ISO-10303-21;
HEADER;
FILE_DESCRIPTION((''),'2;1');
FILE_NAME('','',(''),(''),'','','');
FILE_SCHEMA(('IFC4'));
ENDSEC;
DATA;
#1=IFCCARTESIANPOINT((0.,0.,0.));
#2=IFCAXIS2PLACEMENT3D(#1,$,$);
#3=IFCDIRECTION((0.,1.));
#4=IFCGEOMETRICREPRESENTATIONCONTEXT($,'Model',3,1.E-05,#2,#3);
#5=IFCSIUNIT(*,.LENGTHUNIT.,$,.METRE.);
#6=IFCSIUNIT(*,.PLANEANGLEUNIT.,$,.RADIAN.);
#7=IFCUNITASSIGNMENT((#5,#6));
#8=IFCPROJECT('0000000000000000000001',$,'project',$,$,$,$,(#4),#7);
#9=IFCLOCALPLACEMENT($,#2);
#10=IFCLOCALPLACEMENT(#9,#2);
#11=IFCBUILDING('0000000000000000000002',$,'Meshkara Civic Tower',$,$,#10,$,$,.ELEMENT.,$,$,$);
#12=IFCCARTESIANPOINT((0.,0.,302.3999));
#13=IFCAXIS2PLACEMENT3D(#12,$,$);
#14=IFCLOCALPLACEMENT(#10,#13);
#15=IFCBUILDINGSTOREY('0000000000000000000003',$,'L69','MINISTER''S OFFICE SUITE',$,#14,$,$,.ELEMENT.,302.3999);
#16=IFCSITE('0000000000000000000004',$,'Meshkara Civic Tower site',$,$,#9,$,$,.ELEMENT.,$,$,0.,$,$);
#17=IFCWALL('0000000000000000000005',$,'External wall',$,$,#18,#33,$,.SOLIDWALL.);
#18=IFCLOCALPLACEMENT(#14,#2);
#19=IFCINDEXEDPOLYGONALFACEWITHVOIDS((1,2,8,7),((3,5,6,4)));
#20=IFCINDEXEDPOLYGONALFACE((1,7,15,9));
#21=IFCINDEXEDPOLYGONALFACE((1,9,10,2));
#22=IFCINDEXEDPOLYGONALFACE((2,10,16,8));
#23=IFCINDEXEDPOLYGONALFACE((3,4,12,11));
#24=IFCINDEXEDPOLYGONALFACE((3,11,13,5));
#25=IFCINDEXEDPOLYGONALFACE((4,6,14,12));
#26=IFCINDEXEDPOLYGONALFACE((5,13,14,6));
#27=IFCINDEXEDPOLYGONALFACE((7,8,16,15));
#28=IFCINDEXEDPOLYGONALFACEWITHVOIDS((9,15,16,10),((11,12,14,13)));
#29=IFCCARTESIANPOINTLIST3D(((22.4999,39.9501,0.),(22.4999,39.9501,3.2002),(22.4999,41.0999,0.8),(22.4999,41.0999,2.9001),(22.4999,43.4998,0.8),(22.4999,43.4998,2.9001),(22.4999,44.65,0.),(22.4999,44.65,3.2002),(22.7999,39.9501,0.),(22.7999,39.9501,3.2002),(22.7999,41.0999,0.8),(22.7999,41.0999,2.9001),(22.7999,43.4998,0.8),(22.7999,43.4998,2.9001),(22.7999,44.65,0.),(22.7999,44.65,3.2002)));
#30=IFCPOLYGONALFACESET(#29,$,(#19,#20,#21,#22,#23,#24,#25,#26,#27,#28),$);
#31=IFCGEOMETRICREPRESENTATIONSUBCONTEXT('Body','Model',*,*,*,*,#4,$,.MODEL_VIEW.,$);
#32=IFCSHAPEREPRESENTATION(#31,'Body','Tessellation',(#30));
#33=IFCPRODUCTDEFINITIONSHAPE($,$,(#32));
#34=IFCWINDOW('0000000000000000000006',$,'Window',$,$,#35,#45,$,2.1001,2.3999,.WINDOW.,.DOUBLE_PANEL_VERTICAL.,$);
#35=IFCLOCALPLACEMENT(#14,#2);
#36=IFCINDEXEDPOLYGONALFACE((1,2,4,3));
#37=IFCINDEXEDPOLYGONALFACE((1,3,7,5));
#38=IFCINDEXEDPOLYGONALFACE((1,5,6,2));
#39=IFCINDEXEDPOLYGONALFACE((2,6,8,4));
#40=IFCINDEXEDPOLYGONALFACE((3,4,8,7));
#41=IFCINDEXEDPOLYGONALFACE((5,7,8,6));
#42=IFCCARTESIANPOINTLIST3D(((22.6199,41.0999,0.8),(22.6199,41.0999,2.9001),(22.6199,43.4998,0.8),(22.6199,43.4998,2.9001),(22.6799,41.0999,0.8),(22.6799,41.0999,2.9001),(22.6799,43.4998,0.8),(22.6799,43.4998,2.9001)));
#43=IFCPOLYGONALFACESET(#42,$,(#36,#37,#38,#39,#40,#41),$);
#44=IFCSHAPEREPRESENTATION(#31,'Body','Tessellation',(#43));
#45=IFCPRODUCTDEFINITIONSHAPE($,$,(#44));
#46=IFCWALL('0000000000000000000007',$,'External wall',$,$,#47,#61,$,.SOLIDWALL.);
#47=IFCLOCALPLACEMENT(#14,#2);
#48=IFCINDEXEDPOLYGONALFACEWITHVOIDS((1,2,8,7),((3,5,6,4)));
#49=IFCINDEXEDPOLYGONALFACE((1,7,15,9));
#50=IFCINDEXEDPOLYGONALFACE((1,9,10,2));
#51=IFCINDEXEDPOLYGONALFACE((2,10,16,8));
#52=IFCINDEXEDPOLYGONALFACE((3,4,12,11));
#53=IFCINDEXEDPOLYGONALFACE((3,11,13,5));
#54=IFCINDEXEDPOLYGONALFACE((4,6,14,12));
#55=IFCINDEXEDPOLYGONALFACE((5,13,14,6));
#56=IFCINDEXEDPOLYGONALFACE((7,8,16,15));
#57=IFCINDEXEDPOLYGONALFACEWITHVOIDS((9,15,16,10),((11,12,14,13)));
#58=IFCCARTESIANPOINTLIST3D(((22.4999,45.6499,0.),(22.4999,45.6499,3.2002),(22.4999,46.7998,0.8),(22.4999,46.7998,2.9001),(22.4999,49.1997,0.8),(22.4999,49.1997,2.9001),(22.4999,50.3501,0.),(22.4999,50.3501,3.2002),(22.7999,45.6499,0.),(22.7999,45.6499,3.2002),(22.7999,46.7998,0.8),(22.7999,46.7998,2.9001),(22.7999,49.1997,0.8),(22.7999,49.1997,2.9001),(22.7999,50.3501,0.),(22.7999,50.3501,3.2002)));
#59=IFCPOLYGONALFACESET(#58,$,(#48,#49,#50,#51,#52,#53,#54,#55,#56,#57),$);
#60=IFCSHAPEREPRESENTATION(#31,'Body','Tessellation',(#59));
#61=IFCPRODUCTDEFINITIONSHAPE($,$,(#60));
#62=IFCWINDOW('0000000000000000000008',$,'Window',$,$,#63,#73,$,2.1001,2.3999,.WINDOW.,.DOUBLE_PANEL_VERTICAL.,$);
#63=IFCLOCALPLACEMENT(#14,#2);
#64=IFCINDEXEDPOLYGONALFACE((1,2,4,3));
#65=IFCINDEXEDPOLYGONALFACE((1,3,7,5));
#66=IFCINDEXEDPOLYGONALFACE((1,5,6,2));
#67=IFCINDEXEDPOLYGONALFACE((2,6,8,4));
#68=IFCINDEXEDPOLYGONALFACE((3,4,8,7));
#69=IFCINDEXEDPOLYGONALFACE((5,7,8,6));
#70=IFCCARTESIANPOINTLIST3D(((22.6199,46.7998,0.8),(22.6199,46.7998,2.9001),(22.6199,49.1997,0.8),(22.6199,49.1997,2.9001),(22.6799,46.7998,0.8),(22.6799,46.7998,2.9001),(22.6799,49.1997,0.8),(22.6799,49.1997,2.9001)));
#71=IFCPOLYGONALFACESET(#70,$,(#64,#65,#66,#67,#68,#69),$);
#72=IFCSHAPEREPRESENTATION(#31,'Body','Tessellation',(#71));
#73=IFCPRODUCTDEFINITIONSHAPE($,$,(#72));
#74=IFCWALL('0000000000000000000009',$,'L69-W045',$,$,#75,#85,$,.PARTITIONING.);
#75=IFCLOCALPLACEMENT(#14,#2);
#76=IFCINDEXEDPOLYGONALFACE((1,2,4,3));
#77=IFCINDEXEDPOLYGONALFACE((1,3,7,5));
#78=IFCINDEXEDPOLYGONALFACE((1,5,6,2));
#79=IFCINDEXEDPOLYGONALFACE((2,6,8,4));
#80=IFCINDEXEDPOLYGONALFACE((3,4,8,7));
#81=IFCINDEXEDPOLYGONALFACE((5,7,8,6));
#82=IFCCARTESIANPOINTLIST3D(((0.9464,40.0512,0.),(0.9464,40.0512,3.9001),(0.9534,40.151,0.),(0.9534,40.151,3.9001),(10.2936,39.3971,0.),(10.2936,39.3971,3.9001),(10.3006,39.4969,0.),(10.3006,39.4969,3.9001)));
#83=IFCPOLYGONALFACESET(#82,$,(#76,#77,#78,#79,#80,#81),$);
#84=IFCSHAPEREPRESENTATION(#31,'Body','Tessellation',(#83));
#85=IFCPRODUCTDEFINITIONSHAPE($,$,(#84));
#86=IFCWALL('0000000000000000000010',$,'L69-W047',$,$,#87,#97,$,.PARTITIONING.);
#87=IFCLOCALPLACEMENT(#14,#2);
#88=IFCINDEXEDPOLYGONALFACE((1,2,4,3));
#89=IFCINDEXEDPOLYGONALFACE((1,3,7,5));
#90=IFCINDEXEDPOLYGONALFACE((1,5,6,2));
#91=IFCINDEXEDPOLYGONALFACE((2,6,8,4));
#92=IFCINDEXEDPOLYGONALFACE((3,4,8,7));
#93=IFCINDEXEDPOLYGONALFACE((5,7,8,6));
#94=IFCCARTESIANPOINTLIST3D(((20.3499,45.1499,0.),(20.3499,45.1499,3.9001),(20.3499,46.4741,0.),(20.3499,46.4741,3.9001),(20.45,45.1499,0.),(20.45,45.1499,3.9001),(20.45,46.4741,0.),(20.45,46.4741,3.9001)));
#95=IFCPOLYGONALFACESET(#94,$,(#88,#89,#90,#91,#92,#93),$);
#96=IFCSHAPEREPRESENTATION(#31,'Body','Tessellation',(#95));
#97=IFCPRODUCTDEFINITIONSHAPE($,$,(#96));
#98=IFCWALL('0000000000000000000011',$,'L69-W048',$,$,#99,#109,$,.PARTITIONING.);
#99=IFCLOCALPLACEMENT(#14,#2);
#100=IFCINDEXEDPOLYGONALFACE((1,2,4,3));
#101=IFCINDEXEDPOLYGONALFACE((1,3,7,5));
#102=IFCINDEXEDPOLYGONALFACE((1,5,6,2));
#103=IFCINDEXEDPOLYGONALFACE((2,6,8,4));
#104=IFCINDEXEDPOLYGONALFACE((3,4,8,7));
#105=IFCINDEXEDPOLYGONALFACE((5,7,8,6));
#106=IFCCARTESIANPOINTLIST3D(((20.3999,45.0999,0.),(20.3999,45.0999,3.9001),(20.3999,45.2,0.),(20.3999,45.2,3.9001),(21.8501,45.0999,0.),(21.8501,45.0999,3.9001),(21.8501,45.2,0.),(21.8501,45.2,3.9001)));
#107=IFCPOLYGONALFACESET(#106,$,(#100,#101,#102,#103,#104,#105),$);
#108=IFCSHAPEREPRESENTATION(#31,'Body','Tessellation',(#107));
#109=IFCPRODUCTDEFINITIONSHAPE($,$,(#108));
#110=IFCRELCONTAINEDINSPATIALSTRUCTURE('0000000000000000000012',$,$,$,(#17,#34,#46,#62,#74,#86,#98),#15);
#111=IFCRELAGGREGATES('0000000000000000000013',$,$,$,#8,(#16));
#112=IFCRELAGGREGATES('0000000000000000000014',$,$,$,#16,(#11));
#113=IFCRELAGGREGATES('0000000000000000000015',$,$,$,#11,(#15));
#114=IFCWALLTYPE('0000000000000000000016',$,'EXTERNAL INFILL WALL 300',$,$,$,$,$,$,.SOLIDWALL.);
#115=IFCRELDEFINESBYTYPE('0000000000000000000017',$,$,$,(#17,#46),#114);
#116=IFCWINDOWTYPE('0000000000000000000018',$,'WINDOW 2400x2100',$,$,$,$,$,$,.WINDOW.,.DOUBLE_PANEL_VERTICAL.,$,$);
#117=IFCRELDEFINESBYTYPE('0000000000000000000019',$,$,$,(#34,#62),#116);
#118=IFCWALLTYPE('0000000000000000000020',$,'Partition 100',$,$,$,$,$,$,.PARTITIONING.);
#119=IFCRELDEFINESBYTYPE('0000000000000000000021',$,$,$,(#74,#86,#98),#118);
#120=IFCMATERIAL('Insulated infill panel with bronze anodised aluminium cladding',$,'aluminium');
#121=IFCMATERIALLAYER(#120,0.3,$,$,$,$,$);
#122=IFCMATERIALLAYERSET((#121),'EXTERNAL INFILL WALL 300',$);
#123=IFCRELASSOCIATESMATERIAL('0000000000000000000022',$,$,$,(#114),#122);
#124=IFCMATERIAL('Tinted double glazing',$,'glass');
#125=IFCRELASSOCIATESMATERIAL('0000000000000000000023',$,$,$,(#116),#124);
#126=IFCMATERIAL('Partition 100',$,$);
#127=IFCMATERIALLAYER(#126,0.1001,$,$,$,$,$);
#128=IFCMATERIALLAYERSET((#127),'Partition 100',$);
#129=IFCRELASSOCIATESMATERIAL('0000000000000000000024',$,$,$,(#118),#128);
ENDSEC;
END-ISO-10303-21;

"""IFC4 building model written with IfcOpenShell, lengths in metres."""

from ifc_helpers import new_model, si_unit, direction, frame, frame_2d, origin, place, context, subcontext, project, spatial, rectangle, extrude, material, layer, layer_set, type_object, element, fill, save


model = new_model("IFC4")

# Units and contexts
model_context = context("Model", 3, precision=1e-05, world=origin(), true_north=direction((0.0, 1.0)))
body_context = subcontext(model_context, "Body", "Model", "MODEL_VIEW")
ifc_project = project(units=[si_unit("LENGTHUNIT", "METRE"), si_unit("PLANEANGLEUNIT", "RADIAN")], contexts=[model_context])

# Site, building, storey
site_placement = place(None, origin())
site = spatial("IfcSite", under=ifc_project, at=site_placement, Name="Meshkara Civic Tower site", CompositionType="ELEMENT", RefElevation=0.0)
building_placement = place(site_placement, origin())
building = spatial("IfcBuilding", under=site, at=building_placement, Name="Meshkara Civic Tower", CompositionType="ELEMENT")
storey_placement = place(building_placement, frame((0.0, 0.0, 302.3999)))
storey = spatial("IfcBuildingStorey", under=building, at=storey_placement, Name="L69", Description="MINISTER'S OFFICE SUITE", CompositionType="ELEMENT", Elevation=302.3999)

# Walls, openings, windows
ifc_material_1 = material(Name="Insulated infill panel with bronze anodised aluminium cladding", Category="aluminium")
ifc_layer_1 = layer(ifc_material_1, 0.3)
ifc_layer_set_1 = layer_set([ifc_layer_1], Name="EXTERNAL INFILL WALL 300")
wall_type_1 = type_object("IfcWallType", Name="EXTERNAL INFILL WALL 300", PredefinedType="SOLIDWALL", material=ifc_layer_set_1)
ifc_material_2 = material(Name="Tinted double glazing", Category="glass")
window_type = type_object("IfcWindowType", Name="WINDOW 2400x2100", PartitioningType="DOUBLE_PANEL_VERTICAL", PredefinedType="WINDOW", material=ifc_material_2)
wall_1_placement = place(storey_placement, frame((22.6499, 39.95, 0.0), z_axis=(0.0, 0.0, 1.0), x_axis=(0.0, 1.0, 0.0)))
wall_1 = element("IfcWall", 1, at=wall_1_placement, inside=storey, type_object=wall_type_1, Name="External wall", PredefinedType="SOLIDWALL", context=body_context, shape_type="SweptSolid", body=[
    extrude(rectangle(XDim=4.7, YDim=0.3, at=frame_2d((2.3501, 0.0))), origin(), (0.0, 0.0, 1.0), 3.2002),
])
opening_1_placement = place(wall_1_placement, frame((1.1499, 0.0, 0.8)))
opening_1 = element("IfcOpeningElement", 2, at=opening_1_placement, cuts=wall_1, PredefinedType="OPENING", context=body_context, shape_type="SweptSolid", body=[
    extrude(rectangle(XDim=2.3999, YDim=2.1001, at=frame_2d((1.2, 1.05))), frame((0.0, 0.1599, 0.0), z_axis=(0.0, -1.0, 0.0), x_axis=(1.0, 0.0, 0.0)), (0.0, 0.0, 1.0), 0.3201),
])
window_1_placement = place(opening_1_placement, origin())
window_1 = element("IfcWindow", 3, at=window_1_placement, inside=storey, type_object=window_type, Name="Window", OverallHeight=2.1001, OverallWidth=2.3999, PartitioningType="DOUBLE_PANEL_VERTICAL", PredefinedType="WINDOW", context=body_context, shape_type="SweptSolid", body=[
    extrude(rectangle(XDim=2.3999, YDim=2.1001, at=frame_2d((1.2, 1.05))), frame((0.0, 0.03, 0.0), z_axis=(0.0, -1.0, 0.0), x_axis=(1.0, 0.0, 0.0)), (0.0, 0.0, 1.0), 0.0601),
])
fill(opening_1, window_1)
wall_2_placement = place(storey_placement, frame((22.6499, 45.6499, 0.0), z_axis=(0.0, 0.0, 1.0), x_axis=(0.0, 1.0, 0.0)))
wall_2 = element("IfcWall", 4, at=wall_2_placement, inside=storey, type_object=wall_type_1, Name="External wall", PredefinedType="SOLIDWALL", context=body_context, shape_type="SweptSolid", body=[
    extrude(rectangle(XDim=4.7002, YDim=0.3, at=frame_2d((2.3501, 0.0))), origin(), (0.0, 0.0, 1.0), 3.2002),
])
opening_2_placement = place(wall_2_placement, frame((1.1499, 0.0, 0.8)))
opening_2 = element("IfcOpeningElement", 5, at=opening_2_placement, cuts=wall_2, PredefinedType="OPENING", context=body_context, shape_type="SweptSolid", body=[
    extrude(rectangle(XDim=2.3999, YDim=2.1001, at=frame_2d((1.2, 1.05))), frame((0.0, 0.1599, 0.0), z_axis=(0.0, -1.0, 0.0), x_axis=(1.0, 0.0, 0.0)), (0.0, 0.0, 1.0), 0.3201),
])
window_2_placement = place(opening_2_placement, origin())
window_2 = element("IfcWindow", 6, at=window_2_placement, inside=storey, type_object=window_type, Name="Window", OverallHeight=2.1001, OverallWidth=2.3999, PartitioningType="DOUBLE_PANEL_VERTICAL", PredefinedType="WINDOW", context=body_context, shape_type="SweptSolid", body=[
    extrude(rectangle(XDim=2.3999, YDim=2.1001, at=frame_2d((1.2, 1.05))), frame((0.0, 0.03, 0.0), z_axis=(0.0, -1.0, 0.0), x_axis=(1.0, 0.0, 0.0)), (0.0, 0.0, 1.0), 0.0601),
])
fill(opening_2, window_2)

# Walls
ifc_material_3 = material(Name="Partition 100")
ifc_layer_2 = layer(ifc_material_3, 0.1001)
ifc_layer_set_2 = layer_set([ifc_layer_2], Name="Partition 100")
wall_type_2 = type_object("IfcWallType", Name="Partition 100", PredefinedType="PARTITIONING", material=ifc_layer_set_2)
wall_3_placement = place(storey_placement, frame((10.2971, 39.447, 0.0), z_axis=(0.0, 0.0, 1.0), x_axis=(-0.997561, 0.069803, 0.0)))
element("IfcWall", 7, at=wall_3_placement, inside=storey, type_object=wall_type_2, Name="L69-W045", PredefinedType="PARTITIONING", context=body_context, shape_type="SweptSolid", body=[
    extrude(rectangle(XDim=9.3701, YDim=0.1001, at=frame_2d((4.6851, 0.0))), origin(), (0.0, 0.0, 1.0), 3.9001),
])
wall_4_placement = place(storey_placement, frame((20.3999, 45.1499, 0.0), z_axis=(0.0, 0.0, 1.0), x_axis=(0.0, 1.0, 0.0)))
element("IfcWall", 8, at=wall_4_placement, inside=storey, type_object=wall_type_2, Name="L69-W047", PredefinedType="PARTITIONING", context=body_context, shape_type="SweptSolid", body=[
    extrude(rectangle(XDim=1.3242, YDim=0.1001, at=frame_2d((0.6621, 0.0))), origin(), (0.0, 0.0, 1.0), 3.9001),
])
wall_5_placement = place(storey_placement, frame((21.8501, 45.1499, 0.0), z_axis=(0.0, 0.0, 1.0), x_axis=(-1.0, 0.0, 0.0)))
element("IfcWall", 9, at=wall_5_placement, inside=storey, type_object=wall_type_2, Name="L69-W048", PredefinedType="PARTITIONING", context=body_context, shape_type="SweptSolid", body=[
    extrude(rectangle(XDim=1.4502, YDim=0.1001, at=frame_2d((0.7251, 0.0))), origin(), (0.0, 0.0, 1.0), 3.9001),
])

save(model, "model.ifc")
